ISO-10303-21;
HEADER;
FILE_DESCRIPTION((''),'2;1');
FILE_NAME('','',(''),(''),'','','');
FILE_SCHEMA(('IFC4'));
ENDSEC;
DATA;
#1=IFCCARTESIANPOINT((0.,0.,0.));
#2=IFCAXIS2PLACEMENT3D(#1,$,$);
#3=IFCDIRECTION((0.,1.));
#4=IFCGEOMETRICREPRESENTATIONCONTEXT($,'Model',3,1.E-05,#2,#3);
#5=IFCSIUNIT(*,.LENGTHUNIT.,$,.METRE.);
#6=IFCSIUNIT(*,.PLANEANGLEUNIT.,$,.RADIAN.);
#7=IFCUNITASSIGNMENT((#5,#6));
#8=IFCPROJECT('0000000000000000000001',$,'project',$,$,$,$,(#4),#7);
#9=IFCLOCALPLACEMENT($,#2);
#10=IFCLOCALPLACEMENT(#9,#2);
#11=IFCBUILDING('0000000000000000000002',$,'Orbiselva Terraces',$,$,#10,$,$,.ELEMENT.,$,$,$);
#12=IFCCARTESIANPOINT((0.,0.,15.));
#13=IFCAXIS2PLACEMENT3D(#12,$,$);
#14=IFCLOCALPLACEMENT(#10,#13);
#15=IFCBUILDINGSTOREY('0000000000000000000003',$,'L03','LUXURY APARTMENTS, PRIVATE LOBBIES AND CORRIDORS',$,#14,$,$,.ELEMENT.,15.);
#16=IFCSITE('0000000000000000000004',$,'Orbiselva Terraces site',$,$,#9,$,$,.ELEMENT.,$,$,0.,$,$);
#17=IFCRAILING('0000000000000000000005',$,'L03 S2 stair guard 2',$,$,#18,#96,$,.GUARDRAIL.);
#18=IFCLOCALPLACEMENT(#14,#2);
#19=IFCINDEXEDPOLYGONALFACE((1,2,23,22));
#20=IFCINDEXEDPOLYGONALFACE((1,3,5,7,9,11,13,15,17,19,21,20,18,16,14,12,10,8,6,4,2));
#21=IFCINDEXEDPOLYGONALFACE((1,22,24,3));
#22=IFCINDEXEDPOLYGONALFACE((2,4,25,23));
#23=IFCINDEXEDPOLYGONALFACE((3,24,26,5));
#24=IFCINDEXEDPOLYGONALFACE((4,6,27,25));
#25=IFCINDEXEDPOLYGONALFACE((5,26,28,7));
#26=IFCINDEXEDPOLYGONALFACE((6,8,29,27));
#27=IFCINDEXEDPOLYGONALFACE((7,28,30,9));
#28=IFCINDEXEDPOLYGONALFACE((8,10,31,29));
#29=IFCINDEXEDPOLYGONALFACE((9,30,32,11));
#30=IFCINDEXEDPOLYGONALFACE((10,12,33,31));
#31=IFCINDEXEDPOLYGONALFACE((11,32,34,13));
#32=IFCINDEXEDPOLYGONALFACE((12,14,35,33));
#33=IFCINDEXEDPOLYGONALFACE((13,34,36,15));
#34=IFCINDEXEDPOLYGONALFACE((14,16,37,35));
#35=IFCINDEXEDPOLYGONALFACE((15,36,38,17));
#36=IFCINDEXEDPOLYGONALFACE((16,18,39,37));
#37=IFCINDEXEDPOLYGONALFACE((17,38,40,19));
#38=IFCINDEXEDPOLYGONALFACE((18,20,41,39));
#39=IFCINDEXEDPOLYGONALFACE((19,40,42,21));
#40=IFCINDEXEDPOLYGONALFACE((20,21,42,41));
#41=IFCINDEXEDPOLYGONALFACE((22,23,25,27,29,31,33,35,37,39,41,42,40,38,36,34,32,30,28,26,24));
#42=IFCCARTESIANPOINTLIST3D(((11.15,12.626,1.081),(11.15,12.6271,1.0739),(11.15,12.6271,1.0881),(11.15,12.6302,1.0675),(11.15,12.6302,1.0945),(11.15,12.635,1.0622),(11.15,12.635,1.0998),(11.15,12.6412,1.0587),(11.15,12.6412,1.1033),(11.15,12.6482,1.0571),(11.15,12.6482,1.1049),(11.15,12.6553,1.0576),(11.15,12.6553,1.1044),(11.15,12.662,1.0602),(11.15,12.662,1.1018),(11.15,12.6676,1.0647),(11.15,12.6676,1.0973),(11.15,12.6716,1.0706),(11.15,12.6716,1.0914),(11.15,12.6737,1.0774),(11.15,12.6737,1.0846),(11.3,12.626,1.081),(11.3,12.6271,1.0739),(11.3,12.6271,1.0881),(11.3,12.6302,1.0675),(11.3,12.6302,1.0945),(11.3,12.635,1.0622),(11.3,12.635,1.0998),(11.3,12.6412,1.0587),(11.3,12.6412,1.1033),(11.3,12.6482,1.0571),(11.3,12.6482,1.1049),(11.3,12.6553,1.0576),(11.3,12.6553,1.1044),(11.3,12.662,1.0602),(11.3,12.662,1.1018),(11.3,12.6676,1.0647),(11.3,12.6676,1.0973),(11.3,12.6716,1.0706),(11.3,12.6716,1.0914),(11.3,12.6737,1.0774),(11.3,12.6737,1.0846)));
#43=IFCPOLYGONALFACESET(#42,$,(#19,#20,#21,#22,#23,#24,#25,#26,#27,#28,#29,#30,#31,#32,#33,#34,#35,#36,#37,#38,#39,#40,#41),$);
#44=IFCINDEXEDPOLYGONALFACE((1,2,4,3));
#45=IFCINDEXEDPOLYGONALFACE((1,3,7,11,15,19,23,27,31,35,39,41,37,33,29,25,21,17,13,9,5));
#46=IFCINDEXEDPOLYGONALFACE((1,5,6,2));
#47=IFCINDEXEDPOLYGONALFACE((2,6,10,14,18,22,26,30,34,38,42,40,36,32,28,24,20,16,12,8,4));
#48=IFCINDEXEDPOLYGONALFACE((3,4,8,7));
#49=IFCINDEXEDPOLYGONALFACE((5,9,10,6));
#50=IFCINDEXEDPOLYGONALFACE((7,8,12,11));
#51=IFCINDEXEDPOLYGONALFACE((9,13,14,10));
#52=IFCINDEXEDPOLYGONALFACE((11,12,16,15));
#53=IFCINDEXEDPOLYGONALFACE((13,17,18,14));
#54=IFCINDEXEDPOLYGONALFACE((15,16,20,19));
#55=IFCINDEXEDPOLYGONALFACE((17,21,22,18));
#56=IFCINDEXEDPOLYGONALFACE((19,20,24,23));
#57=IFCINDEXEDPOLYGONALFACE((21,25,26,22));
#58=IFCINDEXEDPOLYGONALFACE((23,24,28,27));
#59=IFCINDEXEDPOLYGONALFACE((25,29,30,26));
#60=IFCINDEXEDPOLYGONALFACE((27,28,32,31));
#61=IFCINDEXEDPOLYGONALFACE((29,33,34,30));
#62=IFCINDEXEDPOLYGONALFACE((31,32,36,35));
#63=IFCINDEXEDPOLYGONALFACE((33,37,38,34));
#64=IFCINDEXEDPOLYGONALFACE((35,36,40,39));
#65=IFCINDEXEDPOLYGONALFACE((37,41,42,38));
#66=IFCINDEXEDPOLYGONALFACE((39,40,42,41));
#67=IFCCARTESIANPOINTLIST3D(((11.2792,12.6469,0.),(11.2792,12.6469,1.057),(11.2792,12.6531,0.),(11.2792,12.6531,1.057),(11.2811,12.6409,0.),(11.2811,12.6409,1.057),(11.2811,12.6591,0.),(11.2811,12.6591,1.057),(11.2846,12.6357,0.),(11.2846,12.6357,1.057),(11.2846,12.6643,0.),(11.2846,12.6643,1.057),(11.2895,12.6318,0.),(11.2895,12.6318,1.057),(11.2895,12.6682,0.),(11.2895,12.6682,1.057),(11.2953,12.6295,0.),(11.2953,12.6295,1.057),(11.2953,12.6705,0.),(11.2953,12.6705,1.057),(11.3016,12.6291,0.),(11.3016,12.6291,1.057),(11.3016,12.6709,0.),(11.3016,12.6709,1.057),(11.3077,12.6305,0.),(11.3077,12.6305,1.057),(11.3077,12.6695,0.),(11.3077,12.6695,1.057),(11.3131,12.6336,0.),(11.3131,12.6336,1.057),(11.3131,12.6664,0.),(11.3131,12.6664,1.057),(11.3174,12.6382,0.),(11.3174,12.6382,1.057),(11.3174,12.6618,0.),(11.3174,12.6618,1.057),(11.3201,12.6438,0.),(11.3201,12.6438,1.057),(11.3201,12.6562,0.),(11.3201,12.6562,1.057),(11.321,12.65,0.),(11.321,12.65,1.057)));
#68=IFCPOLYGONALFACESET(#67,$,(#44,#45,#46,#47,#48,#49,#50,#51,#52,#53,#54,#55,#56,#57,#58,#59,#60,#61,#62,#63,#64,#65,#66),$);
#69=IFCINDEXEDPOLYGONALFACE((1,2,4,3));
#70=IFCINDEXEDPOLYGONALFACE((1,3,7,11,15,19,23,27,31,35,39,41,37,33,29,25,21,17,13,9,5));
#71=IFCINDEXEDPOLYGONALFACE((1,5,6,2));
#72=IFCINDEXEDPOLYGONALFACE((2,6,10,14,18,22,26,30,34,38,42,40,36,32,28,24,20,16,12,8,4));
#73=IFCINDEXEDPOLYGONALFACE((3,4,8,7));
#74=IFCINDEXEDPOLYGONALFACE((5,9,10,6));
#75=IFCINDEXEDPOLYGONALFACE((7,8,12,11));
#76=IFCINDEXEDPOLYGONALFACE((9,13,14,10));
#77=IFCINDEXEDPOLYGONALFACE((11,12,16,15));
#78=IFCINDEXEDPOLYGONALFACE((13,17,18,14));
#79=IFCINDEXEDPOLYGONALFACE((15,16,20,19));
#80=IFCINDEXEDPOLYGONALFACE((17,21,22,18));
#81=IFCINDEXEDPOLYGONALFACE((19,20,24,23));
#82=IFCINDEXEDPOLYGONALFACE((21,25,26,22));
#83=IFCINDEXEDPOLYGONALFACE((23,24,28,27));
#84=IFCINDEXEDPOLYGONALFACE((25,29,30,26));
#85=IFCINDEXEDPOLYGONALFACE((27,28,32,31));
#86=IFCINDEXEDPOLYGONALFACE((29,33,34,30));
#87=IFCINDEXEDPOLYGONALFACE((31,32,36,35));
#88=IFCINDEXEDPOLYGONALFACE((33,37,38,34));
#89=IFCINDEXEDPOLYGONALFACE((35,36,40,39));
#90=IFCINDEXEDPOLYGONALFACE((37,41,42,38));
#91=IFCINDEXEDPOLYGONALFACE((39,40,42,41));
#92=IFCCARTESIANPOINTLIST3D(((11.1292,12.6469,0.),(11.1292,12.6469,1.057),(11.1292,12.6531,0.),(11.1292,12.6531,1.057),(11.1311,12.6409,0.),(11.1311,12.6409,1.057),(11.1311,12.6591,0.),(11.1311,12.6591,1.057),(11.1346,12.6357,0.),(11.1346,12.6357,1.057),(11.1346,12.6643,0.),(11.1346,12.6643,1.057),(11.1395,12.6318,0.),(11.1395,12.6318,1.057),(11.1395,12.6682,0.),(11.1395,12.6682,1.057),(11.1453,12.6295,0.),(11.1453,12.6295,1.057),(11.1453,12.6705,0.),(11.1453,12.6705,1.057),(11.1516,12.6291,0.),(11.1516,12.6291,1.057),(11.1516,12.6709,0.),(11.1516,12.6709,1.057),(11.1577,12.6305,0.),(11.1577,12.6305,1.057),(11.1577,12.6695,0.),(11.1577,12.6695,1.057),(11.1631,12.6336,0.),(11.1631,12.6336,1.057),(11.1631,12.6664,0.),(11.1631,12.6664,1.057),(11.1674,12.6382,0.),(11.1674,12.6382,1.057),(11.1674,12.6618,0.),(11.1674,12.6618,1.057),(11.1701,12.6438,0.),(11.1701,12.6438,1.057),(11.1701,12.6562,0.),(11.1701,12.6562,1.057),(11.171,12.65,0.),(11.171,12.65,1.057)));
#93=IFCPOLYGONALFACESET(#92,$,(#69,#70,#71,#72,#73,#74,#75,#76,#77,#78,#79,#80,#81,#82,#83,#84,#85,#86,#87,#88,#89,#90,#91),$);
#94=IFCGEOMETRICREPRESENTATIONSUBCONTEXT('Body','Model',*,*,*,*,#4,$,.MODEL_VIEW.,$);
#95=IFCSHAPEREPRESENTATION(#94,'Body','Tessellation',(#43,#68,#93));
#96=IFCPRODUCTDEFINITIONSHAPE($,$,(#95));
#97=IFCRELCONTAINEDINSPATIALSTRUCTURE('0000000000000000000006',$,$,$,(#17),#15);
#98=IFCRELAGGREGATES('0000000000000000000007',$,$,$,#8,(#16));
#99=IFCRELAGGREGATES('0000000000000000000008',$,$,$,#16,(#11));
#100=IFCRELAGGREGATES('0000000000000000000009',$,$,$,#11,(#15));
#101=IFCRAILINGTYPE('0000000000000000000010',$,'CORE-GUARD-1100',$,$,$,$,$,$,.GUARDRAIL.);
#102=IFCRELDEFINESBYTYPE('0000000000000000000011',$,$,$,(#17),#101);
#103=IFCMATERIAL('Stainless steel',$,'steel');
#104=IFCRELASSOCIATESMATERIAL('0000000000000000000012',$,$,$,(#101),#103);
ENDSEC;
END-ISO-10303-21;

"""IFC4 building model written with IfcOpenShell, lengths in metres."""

from ifc_helpers import new_model, si_unit, direction, frame, origin, origin_2d, place, context, subcontext, project, spatial, circle, extrude, material, type_object, element, save


model = new_model("IFC4")

# Units and contexts
model_context = context("Model", 3, precision=1e-05, world=origin(), true_north=direction((0.0, 1.0)))
body_context = subcontext(model_context, "Body", "Model", "MODEL_VIEW")
ifc_project = project(units=[si_unit("LENGTHUNIT", "METRE"), si_unit("PLANEANGLEUNIT", "RADIAN")], contexts=[model_context])

# Site, building, storey
site_placement = place(None, origin())
site = spatial("IfcSite", under=ifc_project, at=site_placement, Name="Orbiselva Terraces site", CompositionType="ELEMENT", RefElevation=0.0)
building_placement = place(site_placement, origin())
building = spatial("IfcBuilding", under=site, at=building_placement, Name="Orbiselva Terraces", CompositionType="ELEMENT")
storey_placement = place(building_placement, frame((0.0, 0.0, 15.0)))
storey = spatial("IfcBuildingStorey", under=building, at=storey_placement, Name="L03", Description="LUXURY APARTMENTS, PRIVATE LOBBIES AND CORRIDORS", CompositionType="ELEMENT", Elevation=15.0)

# Railing
ifc_material_1 = material(Name="Stainless steel", Category="steel")
railing_type = type_object("IfcRailingType", Name="CORE-GUARD-1100", PredefinedType="GUARDRAIL", material=ifc_material_1)
railing_1_placement = place(storey_placement, frame((11.3, 12.65, 0.0)))
element("IfcRailing", 1, at=railing_1_placement, inside=storey, type_object=railing_type, Name="L03 S2 stair guard 2", PredefinedType="GUARDRAIL", context=body_context, shape_type="SweptSolid", body=[
    extrude(circle(Radius=0.024, at=origin_2d()), frame((0.0, 0.0, 1.081), z_axis=(-1.0, 0.0, 0.0), x_axis=(0.0, -1.0, 0.0)), (0.0, 0.0, 1.0), 0.15),
    extrude(circle(Radius=0.021, at=origin_2d()), origin(), (0.0, 0.0, 1.0), 1.057),
    extrude(circle(Radius=0.021, at=origin_2d()), frame((-0.15, 0.0, 0.0)), (0.0, 0.0, 1.0), 1.057),
])

save(model, "model.ifc")
